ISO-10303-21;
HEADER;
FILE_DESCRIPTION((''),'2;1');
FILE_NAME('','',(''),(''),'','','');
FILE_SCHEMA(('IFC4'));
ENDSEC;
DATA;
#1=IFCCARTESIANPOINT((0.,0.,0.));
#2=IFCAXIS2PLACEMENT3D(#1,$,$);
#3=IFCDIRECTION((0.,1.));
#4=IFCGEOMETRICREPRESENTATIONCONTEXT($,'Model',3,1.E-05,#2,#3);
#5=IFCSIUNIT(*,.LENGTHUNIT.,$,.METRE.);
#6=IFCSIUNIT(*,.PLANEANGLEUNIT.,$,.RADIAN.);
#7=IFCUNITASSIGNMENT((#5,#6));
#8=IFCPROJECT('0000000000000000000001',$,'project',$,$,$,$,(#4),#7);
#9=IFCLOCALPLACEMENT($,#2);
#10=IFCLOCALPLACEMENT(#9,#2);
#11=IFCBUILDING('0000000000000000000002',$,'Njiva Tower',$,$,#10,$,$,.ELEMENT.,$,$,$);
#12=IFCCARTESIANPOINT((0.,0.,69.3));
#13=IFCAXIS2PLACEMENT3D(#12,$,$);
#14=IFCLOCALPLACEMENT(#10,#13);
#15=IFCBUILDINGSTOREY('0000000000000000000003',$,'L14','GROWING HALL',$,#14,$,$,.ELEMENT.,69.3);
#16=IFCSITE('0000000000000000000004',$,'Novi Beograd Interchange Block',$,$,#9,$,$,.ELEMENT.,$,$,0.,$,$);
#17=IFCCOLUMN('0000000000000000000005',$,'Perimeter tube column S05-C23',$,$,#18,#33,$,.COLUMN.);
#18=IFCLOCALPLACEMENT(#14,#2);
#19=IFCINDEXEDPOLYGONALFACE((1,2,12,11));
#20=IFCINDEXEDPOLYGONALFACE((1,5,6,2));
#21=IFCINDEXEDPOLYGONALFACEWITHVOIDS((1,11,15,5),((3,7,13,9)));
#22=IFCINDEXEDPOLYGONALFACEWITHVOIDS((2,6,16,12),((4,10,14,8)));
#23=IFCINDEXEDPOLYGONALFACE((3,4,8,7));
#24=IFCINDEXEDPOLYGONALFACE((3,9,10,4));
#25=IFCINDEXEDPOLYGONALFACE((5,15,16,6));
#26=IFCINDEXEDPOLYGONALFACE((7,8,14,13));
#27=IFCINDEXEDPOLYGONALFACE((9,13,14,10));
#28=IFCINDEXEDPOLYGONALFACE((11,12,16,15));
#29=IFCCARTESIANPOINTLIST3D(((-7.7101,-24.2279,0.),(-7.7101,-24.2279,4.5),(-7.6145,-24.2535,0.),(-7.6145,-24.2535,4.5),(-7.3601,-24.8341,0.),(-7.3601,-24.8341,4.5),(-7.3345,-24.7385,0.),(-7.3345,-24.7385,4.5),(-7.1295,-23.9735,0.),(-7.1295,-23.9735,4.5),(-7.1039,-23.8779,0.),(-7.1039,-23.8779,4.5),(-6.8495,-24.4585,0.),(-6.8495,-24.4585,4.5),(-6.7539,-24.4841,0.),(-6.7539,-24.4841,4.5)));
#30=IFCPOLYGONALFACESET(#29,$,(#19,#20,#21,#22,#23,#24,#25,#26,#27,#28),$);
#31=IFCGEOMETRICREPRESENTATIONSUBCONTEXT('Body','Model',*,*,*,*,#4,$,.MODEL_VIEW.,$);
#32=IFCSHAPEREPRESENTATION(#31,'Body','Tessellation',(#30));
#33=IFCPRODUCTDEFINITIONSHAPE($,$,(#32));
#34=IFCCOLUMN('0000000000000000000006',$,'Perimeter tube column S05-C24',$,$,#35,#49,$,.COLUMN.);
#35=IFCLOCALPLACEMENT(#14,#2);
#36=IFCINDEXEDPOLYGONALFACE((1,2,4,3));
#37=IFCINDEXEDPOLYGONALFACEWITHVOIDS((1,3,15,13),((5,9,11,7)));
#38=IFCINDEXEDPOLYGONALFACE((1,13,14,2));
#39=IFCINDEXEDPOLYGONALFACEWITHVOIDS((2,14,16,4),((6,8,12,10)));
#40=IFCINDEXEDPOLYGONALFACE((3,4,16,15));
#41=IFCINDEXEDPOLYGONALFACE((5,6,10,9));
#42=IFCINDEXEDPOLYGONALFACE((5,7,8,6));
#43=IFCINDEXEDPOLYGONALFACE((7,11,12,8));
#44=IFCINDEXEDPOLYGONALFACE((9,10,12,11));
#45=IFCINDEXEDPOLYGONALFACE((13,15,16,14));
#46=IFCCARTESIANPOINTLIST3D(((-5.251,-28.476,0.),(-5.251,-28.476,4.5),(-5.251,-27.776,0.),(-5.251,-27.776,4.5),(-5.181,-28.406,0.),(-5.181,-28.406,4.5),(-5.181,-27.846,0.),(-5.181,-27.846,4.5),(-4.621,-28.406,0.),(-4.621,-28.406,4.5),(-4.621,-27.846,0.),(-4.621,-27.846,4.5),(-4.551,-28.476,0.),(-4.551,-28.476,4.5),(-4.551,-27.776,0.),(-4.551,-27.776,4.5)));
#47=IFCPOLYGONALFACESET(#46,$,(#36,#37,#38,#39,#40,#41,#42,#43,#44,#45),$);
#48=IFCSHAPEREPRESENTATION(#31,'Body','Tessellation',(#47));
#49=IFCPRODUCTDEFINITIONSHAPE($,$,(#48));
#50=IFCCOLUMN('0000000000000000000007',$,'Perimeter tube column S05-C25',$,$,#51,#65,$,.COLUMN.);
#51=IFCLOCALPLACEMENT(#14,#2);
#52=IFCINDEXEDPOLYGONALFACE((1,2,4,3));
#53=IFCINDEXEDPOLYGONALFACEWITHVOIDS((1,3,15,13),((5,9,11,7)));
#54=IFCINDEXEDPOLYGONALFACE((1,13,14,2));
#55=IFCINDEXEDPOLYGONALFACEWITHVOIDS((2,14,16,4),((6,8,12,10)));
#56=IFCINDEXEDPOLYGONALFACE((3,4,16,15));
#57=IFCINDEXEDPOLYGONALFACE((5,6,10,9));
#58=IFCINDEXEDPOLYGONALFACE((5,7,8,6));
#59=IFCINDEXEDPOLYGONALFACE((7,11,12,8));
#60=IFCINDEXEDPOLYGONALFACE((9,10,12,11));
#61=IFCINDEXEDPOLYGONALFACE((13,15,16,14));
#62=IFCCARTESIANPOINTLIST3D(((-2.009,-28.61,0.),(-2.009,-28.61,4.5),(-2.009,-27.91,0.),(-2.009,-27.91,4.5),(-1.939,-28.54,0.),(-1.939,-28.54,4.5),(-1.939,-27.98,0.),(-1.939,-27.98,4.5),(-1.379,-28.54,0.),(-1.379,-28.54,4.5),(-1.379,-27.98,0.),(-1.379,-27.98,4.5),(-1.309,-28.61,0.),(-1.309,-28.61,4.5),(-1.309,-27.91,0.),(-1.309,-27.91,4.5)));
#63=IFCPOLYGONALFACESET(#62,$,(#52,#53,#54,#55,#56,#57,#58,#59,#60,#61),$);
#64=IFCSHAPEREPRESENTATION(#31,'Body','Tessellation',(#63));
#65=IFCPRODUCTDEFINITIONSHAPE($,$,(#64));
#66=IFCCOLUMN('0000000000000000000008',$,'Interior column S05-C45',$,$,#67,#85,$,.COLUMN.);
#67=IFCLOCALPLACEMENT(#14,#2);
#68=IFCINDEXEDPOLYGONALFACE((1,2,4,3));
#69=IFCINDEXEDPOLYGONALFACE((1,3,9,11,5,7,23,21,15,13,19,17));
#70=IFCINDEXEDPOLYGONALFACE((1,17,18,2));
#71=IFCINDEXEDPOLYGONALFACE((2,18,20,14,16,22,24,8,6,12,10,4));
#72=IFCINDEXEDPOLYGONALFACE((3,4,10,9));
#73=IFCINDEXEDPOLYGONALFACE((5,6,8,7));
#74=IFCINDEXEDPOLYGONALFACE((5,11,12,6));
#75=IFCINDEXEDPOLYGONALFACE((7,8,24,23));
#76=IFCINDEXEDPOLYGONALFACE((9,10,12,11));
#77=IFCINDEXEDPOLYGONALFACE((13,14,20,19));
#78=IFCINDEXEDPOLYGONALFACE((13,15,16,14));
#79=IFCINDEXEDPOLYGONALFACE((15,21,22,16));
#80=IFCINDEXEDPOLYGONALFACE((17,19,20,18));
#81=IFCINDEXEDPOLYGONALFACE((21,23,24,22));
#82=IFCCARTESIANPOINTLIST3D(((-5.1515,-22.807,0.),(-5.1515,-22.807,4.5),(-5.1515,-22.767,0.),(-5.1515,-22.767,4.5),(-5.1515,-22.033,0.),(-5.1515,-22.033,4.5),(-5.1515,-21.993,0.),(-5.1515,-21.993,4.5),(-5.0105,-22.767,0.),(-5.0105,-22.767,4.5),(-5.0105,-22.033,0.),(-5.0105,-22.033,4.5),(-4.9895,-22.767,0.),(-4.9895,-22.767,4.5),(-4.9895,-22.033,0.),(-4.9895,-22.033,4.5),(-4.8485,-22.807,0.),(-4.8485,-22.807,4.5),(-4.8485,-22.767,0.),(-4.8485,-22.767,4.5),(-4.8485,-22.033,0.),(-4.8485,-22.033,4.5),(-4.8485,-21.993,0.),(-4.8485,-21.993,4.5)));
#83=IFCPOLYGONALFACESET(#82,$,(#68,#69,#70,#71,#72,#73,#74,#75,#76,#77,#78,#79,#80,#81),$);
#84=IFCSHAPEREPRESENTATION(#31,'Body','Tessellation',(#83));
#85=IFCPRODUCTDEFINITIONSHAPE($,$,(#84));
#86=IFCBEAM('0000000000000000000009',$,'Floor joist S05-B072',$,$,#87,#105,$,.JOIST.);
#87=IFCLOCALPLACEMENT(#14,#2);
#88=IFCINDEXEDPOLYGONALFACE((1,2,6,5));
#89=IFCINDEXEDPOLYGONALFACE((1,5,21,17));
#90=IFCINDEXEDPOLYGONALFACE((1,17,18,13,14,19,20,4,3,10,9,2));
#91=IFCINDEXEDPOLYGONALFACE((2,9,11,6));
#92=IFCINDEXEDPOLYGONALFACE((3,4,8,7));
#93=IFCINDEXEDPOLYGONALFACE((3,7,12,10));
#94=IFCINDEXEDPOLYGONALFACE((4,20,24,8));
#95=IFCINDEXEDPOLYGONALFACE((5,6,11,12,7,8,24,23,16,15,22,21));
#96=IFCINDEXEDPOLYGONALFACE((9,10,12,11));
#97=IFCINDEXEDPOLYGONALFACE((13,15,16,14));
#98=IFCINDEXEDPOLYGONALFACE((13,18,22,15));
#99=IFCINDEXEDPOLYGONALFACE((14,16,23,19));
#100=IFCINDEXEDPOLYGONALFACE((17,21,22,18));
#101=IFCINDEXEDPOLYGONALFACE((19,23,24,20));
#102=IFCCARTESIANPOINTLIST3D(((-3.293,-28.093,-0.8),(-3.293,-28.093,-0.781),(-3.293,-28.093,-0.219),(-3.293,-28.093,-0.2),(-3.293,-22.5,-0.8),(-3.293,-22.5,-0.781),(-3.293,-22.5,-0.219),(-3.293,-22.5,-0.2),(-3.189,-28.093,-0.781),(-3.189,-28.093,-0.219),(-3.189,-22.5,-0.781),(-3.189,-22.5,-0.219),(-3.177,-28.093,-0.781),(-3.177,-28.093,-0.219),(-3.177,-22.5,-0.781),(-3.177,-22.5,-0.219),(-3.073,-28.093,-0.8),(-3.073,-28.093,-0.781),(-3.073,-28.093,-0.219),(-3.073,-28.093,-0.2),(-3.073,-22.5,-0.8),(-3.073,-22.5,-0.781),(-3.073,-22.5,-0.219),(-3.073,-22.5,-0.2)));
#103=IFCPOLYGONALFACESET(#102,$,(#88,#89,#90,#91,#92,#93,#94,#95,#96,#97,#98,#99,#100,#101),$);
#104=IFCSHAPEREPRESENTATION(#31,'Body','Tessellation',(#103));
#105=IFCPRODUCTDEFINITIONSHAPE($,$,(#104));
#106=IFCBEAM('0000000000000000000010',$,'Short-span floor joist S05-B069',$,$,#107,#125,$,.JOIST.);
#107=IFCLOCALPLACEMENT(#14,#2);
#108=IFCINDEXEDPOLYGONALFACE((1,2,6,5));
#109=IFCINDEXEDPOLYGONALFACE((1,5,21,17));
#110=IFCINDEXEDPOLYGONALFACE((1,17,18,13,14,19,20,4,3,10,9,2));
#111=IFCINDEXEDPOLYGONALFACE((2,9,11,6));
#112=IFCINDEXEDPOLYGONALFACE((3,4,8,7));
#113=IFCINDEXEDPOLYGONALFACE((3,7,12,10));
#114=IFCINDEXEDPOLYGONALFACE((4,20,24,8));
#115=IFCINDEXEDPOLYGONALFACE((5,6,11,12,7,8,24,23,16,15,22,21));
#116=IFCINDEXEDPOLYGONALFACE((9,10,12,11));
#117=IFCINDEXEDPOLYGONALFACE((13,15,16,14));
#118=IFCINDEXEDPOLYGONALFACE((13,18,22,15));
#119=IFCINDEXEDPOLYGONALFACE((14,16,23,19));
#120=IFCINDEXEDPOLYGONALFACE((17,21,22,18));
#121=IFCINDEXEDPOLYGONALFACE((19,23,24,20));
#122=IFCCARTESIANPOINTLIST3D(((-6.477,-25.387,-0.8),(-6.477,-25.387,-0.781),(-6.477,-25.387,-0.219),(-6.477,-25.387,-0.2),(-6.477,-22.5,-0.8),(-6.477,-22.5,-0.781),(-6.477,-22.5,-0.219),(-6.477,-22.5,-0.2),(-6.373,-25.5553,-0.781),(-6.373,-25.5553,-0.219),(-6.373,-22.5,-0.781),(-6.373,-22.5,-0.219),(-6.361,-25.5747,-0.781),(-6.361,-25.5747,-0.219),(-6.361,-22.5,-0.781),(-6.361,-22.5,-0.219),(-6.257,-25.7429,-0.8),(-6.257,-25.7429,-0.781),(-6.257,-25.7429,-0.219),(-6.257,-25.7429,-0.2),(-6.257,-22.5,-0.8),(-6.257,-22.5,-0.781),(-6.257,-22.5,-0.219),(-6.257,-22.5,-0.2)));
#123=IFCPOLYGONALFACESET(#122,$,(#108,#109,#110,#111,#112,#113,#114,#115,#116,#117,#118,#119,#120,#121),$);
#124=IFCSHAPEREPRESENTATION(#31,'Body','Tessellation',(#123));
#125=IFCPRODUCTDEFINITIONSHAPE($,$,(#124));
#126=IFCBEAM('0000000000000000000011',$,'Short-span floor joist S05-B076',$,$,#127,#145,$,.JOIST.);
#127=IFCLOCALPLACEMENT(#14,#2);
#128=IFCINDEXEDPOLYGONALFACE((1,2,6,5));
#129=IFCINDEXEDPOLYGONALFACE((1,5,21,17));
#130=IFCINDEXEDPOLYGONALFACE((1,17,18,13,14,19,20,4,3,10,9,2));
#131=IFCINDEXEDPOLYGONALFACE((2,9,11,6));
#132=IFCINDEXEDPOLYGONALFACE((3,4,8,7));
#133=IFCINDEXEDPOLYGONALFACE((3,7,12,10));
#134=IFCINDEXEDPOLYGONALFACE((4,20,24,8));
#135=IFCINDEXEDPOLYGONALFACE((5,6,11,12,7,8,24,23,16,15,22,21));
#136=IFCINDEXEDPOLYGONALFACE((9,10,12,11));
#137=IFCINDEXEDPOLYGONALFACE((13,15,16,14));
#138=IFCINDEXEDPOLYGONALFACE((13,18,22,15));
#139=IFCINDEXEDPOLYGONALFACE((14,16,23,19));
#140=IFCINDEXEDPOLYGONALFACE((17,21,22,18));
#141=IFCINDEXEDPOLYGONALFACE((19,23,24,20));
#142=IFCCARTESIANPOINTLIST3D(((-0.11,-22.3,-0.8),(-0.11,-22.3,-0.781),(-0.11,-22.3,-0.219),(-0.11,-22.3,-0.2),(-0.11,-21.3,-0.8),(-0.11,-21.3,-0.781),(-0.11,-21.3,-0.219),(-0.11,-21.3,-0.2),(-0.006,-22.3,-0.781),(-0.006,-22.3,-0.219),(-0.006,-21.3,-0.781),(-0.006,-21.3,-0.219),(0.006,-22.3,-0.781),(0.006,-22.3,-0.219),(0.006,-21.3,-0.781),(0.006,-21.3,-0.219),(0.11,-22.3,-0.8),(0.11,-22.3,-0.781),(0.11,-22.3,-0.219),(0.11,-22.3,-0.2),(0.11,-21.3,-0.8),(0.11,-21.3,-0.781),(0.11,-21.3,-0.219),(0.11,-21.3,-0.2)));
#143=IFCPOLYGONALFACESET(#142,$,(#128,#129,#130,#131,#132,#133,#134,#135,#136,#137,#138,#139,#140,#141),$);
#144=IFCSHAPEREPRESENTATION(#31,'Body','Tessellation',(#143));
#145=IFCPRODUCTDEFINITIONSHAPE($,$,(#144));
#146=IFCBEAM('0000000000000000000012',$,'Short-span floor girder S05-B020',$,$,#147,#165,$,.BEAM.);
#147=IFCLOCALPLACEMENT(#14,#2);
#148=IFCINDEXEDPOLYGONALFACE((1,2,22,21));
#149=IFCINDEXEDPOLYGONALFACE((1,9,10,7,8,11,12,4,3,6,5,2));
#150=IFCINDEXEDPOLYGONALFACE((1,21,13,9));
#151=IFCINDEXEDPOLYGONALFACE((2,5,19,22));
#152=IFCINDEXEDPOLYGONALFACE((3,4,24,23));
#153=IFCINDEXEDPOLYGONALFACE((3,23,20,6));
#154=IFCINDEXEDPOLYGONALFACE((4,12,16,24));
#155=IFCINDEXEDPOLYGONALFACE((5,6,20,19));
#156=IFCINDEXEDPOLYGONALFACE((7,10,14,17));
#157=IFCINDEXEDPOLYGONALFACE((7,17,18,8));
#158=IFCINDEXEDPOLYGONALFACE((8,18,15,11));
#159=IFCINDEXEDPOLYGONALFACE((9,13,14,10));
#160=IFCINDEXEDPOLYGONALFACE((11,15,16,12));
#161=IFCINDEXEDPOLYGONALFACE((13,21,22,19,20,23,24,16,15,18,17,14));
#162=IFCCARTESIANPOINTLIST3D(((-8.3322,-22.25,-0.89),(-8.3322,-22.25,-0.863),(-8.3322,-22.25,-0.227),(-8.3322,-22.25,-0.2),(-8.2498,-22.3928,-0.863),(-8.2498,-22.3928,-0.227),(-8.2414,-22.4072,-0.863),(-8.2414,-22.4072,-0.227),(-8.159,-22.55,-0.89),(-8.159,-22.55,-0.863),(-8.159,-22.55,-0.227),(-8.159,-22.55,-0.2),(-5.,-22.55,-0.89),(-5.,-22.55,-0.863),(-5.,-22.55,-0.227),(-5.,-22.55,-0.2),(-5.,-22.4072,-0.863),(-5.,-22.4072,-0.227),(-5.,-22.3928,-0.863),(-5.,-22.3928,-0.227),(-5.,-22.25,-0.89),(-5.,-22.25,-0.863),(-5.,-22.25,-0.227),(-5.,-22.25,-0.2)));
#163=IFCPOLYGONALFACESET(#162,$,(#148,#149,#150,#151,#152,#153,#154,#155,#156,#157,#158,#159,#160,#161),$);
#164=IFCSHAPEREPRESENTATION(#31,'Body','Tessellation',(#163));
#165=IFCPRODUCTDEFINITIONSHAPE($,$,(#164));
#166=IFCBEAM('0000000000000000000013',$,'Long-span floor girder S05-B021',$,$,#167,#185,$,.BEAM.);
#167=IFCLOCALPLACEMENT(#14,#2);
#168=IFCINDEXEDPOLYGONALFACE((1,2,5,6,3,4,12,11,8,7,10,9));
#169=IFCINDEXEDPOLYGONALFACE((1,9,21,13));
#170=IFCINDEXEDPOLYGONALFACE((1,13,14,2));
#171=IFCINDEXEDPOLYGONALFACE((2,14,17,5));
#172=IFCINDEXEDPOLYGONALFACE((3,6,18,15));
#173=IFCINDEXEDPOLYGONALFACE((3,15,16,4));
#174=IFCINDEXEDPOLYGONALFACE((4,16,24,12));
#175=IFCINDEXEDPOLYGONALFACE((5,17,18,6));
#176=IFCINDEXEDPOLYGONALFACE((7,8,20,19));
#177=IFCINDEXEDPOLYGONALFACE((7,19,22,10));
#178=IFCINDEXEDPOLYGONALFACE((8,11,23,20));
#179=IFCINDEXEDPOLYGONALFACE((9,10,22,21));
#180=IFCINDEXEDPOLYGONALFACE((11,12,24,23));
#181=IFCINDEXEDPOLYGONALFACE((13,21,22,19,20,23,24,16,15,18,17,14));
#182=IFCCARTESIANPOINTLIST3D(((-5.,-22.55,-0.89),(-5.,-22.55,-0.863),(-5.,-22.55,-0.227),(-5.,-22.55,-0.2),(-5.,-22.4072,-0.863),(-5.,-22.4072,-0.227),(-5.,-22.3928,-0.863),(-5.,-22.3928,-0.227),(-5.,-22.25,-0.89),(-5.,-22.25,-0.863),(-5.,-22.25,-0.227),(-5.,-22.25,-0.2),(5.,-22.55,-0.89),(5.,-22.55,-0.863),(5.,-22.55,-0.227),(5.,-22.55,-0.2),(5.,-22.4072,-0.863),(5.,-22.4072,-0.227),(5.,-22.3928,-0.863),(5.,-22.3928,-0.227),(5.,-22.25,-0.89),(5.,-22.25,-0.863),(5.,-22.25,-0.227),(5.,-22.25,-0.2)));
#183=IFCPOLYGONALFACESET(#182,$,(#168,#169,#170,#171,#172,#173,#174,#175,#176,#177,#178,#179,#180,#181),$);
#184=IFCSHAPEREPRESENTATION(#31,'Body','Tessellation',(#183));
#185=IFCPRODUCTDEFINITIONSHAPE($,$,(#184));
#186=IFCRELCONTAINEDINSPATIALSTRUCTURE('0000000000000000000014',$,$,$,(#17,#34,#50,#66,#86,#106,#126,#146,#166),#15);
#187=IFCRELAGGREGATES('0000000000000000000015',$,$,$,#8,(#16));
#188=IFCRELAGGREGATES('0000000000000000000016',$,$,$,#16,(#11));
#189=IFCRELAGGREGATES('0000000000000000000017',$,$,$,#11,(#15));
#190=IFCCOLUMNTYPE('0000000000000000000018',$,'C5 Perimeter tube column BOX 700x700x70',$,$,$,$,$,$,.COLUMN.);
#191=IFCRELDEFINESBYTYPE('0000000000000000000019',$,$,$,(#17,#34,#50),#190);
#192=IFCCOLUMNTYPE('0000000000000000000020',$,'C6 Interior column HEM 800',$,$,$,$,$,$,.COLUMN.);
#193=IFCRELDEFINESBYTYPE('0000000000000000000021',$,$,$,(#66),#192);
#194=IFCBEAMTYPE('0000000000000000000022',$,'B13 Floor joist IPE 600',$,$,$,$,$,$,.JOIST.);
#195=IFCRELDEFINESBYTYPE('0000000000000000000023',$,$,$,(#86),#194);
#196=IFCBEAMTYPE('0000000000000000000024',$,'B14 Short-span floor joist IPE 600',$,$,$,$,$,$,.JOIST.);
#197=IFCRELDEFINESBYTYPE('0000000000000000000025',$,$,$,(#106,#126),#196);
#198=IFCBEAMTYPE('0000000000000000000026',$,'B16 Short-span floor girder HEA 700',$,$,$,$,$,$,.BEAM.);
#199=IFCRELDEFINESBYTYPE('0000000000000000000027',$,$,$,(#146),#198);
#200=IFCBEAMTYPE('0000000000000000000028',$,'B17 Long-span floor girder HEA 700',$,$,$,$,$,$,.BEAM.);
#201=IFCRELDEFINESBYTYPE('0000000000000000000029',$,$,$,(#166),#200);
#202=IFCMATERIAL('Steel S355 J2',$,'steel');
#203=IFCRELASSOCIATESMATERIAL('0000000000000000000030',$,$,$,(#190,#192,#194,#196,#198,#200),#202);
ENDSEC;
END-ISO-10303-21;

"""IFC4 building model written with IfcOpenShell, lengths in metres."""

from ifc_helpers import new_model, si_unit, direction, frame, origin, origin_2d, place, context, subcontext, project, spatial, hollow_rectangle, i_section, extrude, clip, halfspace, material, material_profile, profile_set, type_object, element, save


model = new_model("IFC4")

# Units and contexts
model_context = context("Model", 3, precision=1e-05, world=origin(), true_north=direction((0.0, 1.0)))
body_context = subcontext(model_context, "Body", "Model", "MODEL_VIEW")
ifc_project = project(units=[si_unit("LENGTHUNIT", "METRE"), si_unit("PLANEANGLEUNIT", "RADIAN")], contexts=[model_context])

# Site, building, storey
site_placement = place(None, origin())
site = spatial("IfcSite", under=ifc_project, at=site_placement, Name="Novi Beograd Interchange Block", CompositionType="ELEMENT", RefElevation=0.0)
building_placement = place(site_placement, origin())
building = spatial("IfcBuilding", under=site, at=building_placement, Name="Njiva Tower", CompositionType="ELEMENT")
storey_placement = place(building_placement, frame((0.0, 0.0, 69.3)))
storey = spatial("IfcBuildingStorey", under=building, at=storey_placement, Name="L14", Description="GROWING HALL", CompositionType="ELEMENT", Elevation=69.3)

# Columns
ifc_material_1 = material(Name="Steel S355 J2", Category="steel")
ifc_material_profile_1 = material_profile(ifc_material_1, hollow_rectangle(XDim=0.7, YDim=0.7, WallThickness=0.07, at=origin_2d()), Name="BOX 700x700x70")
ifc_profile_set_1 = profile_set([ifc_material_profile_1], Name="Steel S355 J2")
column_type_1 = type_object("IfcColumnType", Name="C5 Perimeter tube column BOX 700x700x70", PredefinedType="COLUMN", material=ifc_profile_set_1)
for number, where, z_axis, x_axis, name in (
    (1, (-7.232, -24.356, 0.0), (0.0, 0.0, 1.0), (0.5, -0.866025, 0.0), "Perimeter tube column S05-C23"),
    (2, (-4.901, -28.126, 0.0), (0.0, 0.0, 1.0), (1.0, 0.0, 0.0), "Perimeter tube column S05-C24"),
    (3, (-1.659, -28.26, 0.0), (0.0, 0.0, 1.0), (1.0, 0.0, 0.0), "Perimeter tube column S05-C25"),
):
    element("IfcColumn", number, at=place(storey_placement, frame(where, z_axis=z_axis, x_axis=x_axis)), inside=storey, type_object=column_type_1, Name=name, PredefinedType="COLUMN", context=body_context, shape_type="SweptSolid", body=[
        extrude(hollow_rectangle(XDim=0.7, YDim=0.7, WallThickness=0.07, at=origin_2d()), origin(), (0.0, 0.0, 1.0), 4.5),
    ])
ifc_material_profile_2 = material_profile(ifc_material_1, i_section(OverallWidth=0.303, OverallDepth=0.814, WebThickness=0.021, FlangeThickness=0.04, at=origin_2d()), Name="HEM 800")
ifc_profile_set_2 = profile_set([ifc_material_profile_2], Name="Steel S355 J2")
column_type_2 = type_object("IfcColumnType", Name="C6 Interior column HEM 800", PredefinedType="COLUMN", material=ifc_profile_set_2)
column_placement = place(storey_placement, frame((-5.0, -22.4, 0.0), z_axis=(0.0, 0.0, 1.0), x_axis=(1.0, 0.0, 0.0)))
element("IfcColumn", 4, at=column_placement, inside=storey, type_object=column_type_2, Name="Interior column S05-C45", PredefinedType="COLUMN", context=body_context, shape_type="SweptSolid", body=[
    extrude(i_section(OverallWidth=0.303, OverallDepth=0.814, WebThickness=0.021, FlangeThickness=0.04, at=origin_2d()), origin(), (0.0, 0.0, 1.0), 4.5),
])

# Beams
ifc_material_profile_3 = material_profile(ifc_material_1, i_section(OverallWidth=0.22, OverallDepth=0.6, WebThickness=0.012, FlangeThickness=0.019, at=origin_2d()), Name="IPE 600")
ifc_profile_set_3 = profile_set([ifc_material_profile_3], Name="Steel S355 J2")
beam_type_1 = type_object("IfcBeamType", Name="B13 Floor joist IPE 600", PredefinedType="JOIST", material=ifc_profile_set_3)
beam_1_placement = place(storey_placement, frame((-3.183, -22.5, -0.5), z_axis=(0.0, -1.0, 0.0), x_axis=(1.0, 0.0, 0.0)))
element("IfcBeam", 5, at=beam_1_placement, inside=storey, type_object=beam_type_1, Name="Floor joist S05-B072", PredefinedType="JOIST", context=body_context, shape_type="SweptSolid", body=[
    extrude(i_section(OverallWidth=0.22, OverallDepth=0.6, WebThickness=0.012, FlangeThickness=0.019, at=origin_2d()), origin(), (0.0, 0.0, 1.0), 5.593),
])
ifc_material_profile_4 = material_profile(ifc_material_1, i_section(OverallWidth=0.22, OverallDepth=0.6, WebThickness=0.012, FlangeThickness=0.019, at=origin_2d()), Name="IPE 600")
ifc_profile_set_4 = profile_set([ifc_material_profile_4], Name="Steel S355 J2")
beam_type_2 = type_object("IfcBeamType", Name="B14 Short-span floor joist IPE 600", PredefinedType="JOIST", material=ifc_profile_set_4)
beam_2_placement = place(storey_placement, frame((-6.367, -22.5, -0.5), z_axis=(0.0, -1.0, 0.0), x_axis=(1.0, 0.0, 0.0)))
element("IfcBeam", 6, at=beam_2_placement, inside=storey, type_object=beam_type_2, Name="Short-span floor joist S05-B069", PredefinedType="JOIST", context=body_context, shape_type="Clipping", body=[
    clip(extrude(i_section(OverallWidth=0.22, OverallDepth=0.6, WebThickness=0.012, FlangeThickness=0.019, at=origin_2d()), origin(), (0.0, 0.0, 1.0), 3.263), halfspace(frame((-0.0422, 0.0, 2.9967), z_axis=(-0.85062, 0.0, 0.52578), x_axis=(0.0, 1.0, 0.0)), False)),
])
beam_3_placement = place(storey_placement, frame((0.0, -21.3, -0.5), z_axis=(0.0, -1.0, 0.0), x_axis=(1.0, 0.0, 0.0)))
element("IfcBeam", 7, at=beam_3_placement, inside=storey, type_object=beam_type_2, Name="Short-span floor joist S05-B076", PredefinedType="JOIST", context=body_context, shape_type="SweptSolid", body=[
    extrude(i_section(OverallWidth=0.22, OverallDepth=0.6, WebThickness=0.012, FlangeThickness=0.019, at=origin_2d()), origin(), (0.0, 0.0, 1.0), 1.0),
])
ifc_material_profile_5 = material_profile(ifc_material_1, i_section(OverallWidth=0.3, OverallDepth=0.69, WebThickness=0.0145, FlangeThickness=0.027, at=origin_2d()), Name="HEA 700")
ifc_profile_set_5 = profile_set([ifc_material_profile_5], Name="Steel S355 J2")
beam_type_3 = type_object("IfcBeamType", Name="B16 Short-span floor girder HEA 700", PredefinedType="BEAM", material=ifc_profile_set_5)
beam_4_placement = place(storey_placement, frame((-8.353, -22.4, -0.545), z_axis=(1.0, 0.0, 0.0), x_axis=(0.0, 1.0, 0.0)))
element("IfcBeam", 8, at=beam_4_placement, inside=storey, type_object=beam_type_3, Name="Short-span floor girder S05-B020", PredefinedType="BEAM", context=body_context, shape_type="Clipping", body=[
    clip(extrude(i_section(OverallWidth=0.3, OverallDepth=0.69, WebThickness=0.0145, FlangeThickness=0.027, at=origin_2d()), origin(), (0.0, 0.0, 1.0), 3.353), halfspace(frame((-0.025, 0.0, 0.1218), z_axis=(-0.499998, 0.0, -0.866027), x_axis=(0.0, -1.0, 0.0)), False)),
])
ifc_material_profile_6 = material_profile(ifc_material_1, i_section(OverallWidth=0.3, OverallDepth=0.69, WebThickness=0.0145, FlangeThickness=0.027, at=origin_2d()), Name="HEA 700")
ifc_profile_set_6 = profile_set([ifc_material_profile_6], Name="Steel S355 J2")
beam_type_4 = type_object("IfcBeamType", Name="B17 Long-span floor girder HEA 700", PredefinedType="BEAM", material=ifc_profile_set_6)
beam_5_placement = place(storey_placement, frame((-5.0, -22.4, -0.545), z_axis=(1.0, 0.0, 0.0), x_axis=(0.0, 1.0, 0.0)))
element("IfcBeam", 9, at=beam_5_placement, inside=storey, type_object=beam_type_4, Name="Long-span floor girder S05-B021", PredefinedType="BEAM", context=body_context, shape_type="SweptSolid", body=[
    extrude(i_section(OverallWidth=0.3, OverallDepth=0.69, WebThickness=0.0145, FlangeThickness=0.027, at=origin_2d()), origin(), (0.0, 0.0, 1.0), 10.0),
])

save(model, "model.ifc")
